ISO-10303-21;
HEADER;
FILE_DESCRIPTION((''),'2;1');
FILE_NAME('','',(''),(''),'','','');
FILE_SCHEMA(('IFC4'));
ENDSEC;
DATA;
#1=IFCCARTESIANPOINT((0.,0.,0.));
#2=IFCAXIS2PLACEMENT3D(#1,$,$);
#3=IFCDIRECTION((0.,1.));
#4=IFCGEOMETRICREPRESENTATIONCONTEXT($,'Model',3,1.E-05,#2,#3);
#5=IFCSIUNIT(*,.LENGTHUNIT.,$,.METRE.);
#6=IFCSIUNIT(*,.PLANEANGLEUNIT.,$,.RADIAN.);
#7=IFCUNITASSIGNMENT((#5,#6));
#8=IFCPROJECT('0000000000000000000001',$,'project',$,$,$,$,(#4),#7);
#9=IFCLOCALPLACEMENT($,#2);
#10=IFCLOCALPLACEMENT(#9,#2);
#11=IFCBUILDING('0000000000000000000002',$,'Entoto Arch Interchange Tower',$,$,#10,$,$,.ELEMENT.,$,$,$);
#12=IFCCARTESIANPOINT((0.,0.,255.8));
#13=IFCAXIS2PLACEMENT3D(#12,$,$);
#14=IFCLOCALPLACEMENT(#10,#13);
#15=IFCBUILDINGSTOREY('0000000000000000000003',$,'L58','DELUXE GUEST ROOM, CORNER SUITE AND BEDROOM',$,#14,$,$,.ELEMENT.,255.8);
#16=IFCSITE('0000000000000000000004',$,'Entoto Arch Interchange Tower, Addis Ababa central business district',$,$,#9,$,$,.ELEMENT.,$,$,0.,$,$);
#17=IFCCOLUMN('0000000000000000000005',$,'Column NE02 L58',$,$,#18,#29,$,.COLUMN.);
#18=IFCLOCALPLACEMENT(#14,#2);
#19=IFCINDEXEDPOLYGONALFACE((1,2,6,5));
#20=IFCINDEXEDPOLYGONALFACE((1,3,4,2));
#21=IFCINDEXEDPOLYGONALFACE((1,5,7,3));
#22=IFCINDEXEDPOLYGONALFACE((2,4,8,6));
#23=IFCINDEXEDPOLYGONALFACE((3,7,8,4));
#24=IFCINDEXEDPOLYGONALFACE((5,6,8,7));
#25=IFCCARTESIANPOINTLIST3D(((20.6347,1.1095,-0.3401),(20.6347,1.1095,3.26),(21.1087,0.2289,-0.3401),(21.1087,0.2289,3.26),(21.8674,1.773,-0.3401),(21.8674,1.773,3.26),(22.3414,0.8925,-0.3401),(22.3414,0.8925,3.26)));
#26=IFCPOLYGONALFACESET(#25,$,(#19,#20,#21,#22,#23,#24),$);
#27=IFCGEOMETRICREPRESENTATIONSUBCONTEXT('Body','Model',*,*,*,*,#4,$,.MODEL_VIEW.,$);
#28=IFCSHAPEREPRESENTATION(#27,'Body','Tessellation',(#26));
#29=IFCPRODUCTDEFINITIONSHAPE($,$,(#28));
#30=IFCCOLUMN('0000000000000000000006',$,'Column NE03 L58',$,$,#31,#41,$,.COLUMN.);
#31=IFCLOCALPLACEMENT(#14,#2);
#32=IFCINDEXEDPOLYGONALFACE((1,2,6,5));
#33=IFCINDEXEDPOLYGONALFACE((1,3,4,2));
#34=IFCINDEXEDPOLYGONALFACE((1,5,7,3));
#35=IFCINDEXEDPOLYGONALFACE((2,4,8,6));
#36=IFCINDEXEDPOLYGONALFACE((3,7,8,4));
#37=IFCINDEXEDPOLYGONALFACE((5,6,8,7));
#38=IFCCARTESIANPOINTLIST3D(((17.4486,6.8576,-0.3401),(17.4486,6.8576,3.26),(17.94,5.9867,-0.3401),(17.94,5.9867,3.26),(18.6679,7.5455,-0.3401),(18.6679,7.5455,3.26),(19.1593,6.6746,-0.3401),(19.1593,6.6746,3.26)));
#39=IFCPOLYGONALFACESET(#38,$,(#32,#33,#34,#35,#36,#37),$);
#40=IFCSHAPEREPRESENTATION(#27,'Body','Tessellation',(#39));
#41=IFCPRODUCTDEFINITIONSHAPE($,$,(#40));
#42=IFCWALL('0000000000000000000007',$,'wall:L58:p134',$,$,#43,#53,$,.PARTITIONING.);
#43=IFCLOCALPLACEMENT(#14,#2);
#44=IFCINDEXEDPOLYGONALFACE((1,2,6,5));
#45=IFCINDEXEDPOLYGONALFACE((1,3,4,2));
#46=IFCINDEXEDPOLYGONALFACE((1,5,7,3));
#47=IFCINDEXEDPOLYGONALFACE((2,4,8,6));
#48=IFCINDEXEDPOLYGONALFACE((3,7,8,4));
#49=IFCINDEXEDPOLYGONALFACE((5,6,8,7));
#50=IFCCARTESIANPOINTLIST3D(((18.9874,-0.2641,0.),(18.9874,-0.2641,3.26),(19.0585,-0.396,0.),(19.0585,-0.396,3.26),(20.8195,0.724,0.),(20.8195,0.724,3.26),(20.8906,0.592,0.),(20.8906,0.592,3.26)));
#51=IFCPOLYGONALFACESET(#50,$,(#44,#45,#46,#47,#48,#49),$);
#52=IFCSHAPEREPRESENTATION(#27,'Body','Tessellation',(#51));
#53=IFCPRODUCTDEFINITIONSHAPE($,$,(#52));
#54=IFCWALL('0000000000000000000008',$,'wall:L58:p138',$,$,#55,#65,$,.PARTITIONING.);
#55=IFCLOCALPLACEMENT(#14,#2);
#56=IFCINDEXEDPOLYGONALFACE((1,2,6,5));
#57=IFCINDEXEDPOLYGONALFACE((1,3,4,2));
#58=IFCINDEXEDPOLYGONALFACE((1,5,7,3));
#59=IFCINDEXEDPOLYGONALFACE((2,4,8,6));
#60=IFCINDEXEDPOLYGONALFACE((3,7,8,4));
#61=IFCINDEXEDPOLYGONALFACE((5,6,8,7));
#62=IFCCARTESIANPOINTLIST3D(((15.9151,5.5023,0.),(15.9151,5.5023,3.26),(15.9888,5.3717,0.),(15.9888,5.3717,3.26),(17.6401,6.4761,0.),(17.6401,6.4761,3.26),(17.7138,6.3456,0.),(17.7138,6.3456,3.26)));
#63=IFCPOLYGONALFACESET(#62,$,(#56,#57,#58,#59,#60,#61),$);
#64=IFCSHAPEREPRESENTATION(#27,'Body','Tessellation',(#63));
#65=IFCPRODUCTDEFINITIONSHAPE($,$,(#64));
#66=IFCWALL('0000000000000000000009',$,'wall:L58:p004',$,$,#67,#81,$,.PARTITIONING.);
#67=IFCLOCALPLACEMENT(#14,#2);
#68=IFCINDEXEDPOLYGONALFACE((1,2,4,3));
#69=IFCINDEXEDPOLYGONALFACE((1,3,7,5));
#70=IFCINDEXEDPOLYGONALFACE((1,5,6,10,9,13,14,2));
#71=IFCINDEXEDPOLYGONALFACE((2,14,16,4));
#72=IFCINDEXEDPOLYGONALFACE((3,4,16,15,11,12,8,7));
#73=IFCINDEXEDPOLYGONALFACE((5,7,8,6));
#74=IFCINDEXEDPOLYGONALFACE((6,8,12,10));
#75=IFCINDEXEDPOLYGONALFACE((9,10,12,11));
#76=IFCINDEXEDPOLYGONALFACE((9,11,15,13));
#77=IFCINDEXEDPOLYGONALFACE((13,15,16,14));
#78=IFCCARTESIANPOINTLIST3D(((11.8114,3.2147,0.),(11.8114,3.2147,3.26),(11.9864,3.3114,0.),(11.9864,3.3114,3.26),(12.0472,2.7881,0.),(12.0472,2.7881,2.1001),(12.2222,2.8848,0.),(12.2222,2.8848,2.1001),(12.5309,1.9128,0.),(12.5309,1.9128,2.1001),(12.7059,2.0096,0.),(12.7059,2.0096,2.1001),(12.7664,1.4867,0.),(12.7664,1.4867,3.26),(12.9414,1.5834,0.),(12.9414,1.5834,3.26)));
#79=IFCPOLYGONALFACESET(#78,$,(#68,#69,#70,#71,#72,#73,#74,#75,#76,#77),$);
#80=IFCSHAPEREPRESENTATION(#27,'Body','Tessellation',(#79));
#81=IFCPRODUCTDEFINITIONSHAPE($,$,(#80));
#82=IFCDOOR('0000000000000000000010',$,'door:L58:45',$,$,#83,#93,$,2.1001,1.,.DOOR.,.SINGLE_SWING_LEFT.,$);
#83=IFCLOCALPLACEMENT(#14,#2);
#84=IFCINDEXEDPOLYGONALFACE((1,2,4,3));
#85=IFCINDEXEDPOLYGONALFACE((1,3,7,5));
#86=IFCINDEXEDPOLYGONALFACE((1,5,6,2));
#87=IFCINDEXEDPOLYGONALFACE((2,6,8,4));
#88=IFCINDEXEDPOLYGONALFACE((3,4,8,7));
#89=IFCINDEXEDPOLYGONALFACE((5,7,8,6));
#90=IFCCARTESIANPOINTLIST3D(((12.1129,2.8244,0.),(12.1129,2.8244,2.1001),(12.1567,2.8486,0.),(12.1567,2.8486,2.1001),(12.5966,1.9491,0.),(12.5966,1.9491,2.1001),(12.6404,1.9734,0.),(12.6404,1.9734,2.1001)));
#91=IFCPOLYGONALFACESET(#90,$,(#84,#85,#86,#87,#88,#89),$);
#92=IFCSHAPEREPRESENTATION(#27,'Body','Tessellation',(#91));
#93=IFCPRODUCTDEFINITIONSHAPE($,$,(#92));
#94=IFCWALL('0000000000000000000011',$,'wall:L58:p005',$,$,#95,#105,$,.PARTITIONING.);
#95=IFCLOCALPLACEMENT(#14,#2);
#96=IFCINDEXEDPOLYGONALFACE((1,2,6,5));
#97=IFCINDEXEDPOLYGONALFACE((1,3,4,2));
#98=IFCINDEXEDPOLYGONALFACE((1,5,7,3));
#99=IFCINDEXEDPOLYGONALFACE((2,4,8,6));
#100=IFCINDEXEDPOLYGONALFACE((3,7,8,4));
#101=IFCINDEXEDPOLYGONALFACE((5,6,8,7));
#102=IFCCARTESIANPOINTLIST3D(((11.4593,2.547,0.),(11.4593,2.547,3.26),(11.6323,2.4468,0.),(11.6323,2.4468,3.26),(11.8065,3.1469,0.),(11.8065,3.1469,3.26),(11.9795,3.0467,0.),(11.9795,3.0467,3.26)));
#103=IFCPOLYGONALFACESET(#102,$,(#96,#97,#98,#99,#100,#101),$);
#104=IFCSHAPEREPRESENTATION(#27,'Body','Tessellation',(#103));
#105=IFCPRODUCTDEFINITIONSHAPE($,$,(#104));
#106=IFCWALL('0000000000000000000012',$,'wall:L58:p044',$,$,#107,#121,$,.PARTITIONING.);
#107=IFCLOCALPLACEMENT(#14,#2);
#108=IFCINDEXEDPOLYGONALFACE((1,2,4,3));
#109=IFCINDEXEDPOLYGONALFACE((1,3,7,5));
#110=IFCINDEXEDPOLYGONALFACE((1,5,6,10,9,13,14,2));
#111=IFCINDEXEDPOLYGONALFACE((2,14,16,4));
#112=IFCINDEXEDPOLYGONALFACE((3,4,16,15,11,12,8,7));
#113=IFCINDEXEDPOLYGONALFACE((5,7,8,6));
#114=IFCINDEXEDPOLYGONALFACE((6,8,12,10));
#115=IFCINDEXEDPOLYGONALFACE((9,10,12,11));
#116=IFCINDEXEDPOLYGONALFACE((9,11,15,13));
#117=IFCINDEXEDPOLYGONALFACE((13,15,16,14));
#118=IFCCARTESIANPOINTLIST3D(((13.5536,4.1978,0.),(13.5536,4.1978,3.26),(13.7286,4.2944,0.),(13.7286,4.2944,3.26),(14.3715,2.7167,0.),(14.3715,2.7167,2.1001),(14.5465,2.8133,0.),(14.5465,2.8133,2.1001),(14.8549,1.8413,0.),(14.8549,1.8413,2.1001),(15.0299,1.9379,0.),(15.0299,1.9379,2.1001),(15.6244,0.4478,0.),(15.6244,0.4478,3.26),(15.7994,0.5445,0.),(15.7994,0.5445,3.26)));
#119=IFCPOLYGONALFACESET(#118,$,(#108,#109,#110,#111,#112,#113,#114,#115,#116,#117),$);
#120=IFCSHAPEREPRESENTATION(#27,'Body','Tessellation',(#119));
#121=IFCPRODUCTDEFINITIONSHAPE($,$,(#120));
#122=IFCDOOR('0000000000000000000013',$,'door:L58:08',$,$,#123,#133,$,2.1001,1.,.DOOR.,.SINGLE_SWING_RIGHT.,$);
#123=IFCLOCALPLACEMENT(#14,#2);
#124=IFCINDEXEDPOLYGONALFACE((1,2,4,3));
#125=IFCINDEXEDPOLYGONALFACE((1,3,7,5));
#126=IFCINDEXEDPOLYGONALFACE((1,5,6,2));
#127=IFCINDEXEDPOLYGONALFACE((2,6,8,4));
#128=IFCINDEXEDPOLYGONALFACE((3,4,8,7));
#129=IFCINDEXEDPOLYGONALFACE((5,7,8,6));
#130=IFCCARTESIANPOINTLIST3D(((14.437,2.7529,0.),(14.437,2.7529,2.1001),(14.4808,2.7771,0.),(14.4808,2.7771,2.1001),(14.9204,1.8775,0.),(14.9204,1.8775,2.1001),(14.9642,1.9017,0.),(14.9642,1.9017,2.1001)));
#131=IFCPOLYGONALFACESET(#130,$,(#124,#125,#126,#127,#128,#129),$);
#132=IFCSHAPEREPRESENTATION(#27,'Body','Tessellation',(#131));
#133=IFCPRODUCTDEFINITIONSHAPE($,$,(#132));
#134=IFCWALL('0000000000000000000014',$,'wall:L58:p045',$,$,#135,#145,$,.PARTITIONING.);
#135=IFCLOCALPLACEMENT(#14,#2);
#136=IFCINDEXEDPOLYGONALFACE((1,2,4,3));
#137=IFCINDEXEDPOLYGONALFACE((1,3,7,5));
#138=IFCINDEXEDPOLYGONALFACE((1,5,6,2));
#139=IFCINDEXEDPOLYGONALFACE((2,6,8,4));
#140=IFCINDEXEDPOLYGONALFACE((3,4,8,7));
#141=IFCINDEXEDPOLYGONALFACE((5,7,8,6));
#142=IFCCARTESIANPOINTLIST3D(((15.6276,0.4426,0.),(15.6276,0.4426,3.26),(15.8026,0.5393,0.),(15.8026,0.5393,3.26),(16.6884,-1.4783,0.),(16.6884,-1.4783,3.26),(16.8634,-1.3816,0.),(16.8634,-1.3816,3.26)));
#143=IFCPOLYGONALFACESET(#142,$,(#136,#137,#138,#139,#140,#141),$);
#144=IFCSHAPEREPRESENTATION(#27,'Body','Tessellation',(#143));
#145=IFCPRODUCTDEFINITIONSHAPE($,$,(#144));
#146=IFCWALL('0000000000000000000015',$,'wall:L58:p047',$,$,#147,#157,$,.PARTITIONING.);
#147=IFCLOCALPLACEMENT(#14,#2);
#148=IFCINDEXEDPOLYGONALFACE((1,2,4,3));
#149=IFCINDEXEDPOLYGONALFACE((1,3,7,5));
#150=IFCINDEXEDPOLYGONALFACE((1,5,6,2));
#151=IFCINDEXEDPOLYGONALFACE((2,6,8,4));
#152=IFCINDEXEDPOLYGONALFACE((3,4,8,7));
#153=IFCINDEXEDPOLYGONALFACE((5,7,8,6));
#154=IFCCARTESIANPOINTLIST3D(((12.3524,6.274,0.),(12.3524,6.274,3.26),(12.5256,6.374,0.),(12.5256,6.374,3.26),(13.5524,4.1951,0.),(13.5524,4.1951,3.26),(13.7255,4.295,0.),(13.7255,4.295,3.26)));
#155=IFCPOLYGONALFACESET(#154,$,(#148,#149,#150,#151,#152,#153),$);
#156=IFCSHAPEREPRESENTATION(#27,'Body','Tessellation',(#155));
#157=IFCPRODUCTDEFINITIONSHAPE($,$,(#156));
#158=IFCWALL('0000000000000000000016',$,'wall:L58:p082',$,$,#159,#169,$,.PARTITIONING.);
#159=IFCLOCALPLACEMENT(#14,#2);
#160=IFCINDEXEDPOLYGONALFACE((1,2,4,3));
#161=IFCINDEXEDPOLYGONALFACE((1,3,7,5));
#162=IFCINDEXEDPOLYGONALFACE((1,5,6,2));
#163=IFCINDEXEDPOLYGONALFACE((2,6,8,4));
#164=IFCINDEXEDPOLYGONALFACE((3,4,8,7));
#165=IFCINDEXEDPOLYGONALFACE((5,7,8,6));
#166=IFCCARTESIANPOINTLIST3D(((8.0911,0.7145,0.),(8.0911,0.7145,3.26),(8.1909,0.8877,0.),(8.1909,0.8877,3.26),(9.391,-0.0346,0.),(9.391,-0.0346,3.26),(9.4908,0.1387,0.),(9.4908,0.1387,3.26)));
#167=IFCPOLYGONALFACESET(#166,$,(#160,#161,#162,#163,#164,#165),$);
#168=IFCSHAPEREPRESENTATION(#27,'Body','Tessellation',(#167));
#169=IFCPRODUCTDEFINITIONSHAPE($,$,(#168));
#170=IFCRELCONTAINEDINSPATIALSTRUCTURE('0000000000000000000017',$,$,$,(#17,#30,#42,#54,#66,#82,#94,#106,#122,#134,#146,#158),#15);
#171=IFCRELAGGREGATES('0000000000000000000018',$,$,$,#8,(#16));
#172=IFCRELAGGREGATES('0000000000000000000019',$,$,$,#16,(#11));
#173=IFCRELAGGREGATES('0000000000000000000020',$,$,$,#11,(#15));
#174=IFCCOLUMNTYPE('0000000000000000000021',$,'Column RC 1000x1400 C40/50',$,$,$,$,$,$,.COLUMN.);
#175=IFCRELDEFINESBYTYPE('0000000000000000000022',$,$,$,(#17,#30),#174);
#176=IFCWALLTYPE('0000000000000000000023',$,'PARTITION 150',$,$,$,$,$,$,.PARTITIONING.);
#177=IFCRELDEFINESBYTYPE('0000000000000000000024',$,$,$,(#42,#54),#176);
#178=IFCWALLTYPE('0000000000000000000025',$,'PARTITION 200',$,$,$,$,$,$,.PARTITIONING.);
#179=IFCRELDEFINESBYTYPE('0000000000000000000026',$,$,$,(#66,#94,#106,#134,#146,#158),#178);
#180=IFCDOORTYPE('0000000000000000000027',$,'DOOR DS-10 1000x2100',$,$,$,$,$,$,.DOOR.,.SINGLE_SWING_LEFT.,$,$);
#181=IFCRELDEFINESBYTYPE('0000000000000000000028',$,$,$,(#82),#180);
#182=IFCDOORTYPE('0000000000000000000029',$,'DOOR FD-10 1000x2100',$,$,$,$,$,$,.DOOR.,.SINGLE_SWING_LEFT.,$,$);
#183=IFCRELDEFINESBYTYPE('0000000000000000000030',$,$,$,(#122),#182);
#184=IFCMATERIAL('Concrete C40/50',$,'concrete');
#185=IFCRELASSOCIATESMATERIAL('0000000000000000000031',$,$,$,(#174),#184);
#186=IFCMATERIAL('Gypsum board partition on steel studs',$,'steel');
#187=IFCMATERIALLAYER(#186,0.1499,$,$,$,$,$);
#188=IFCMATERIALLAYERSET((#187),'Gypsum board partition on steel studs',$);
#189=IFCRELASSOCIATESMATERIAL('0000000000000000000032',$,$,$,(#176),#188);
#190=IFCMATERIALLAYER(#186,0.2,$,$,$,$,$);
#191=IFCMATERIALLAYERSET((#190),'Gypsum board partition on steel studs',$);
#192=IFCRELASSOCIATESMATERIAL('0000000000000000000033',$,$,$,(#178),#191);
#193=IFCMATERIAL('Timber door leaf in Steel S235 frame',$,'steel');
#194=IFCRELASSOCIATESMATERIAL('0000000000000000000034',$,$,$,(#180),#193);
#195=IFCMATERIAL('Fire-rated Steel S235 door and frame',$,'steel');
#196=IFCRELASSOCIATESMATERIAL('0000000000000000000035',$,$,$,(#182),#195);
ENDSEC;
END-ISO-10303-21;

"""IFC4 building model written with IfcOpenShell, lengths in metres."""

from ifc_helpers import new_model, si_unit, direction, frame, frame_2d, origin, origin_2d, place, context, subcontext, project, spatial, rectangle, extrude, material, layer, layer_set, material_profile, profile_set, type_object, element, fill, save


model = new_model("IFC4")

# Units and contexts
model_context = context("Model", 3, precision=1e-05, world=origin(), true_north=direction((0.0, 1.0)))
body_context = subcontext(model_context, "Body", "Model", "MODEL_VIEW")
ifc_project = project(units=[si_unit("LENGTHUNIT", "METRE"), si_unit("PLANEANGLEUNIT", "RADIAN")], contexts=[model_context])

# Site, building, storey
site_placement = place(None, origin())
site = spatial("IfcSite", under=ifc_project, at=site_placement, Name="Entoto Arch Interchange Tower, Addis Ababa central business district", CompositionType="ELEMENT", RefElevation=0.0)
building_placement = place(site_placement, origin())
building = spatial("IfcBuilding", under=site, at=building_placement, Name="Entoto Arch Interchange Tower", CompositionType="ELEMENT")
storey_placement = place(building_placement, frame((0.0, 0.0, 255.8)))
storey = spatial("IfcBuildingStorey", under=building, at=storey_placement, Name="L58", Description="DELUXE GUEST ROOM, CORNER SUITE AND BEDROOM", CompositionType="ELEMENT", Elevation=255.8)

# Columns
ifc_material_1 = material(Name="Concrete C40/50", Category="concrete")
ifc_material_profile = material_profile(ifc_material_1, rectangle(XDim=1.0, YDim=1.3999, at=origin_2d()))
ifc_profile_set = profile_set([ifc_material_profile], Name="Concrete C40/50")
column_type = type_object("IfcColumnType", Name="Column RC 1000x1400 C40/50", PredefinedType="COLUMN", material=ifc_profile_set)
for number, where, z_axis, x_axis, name in (
    (1, (21.488, 1.001, -0.3401), (0.0, 0.0, 1.0), (-0.473981, 0.880535, 0.0), "Column NE02 L58"),
    (2, (18.304, 6.7661, -0.3401), (0.0, 0.0, 1.0), (-0.491375, 0.870948, 0.0), "Column NE03 L58"),
):
    element("IfcColumn", number, at=place(storey_placement, frame(where, z_axis=z_axis, x_axis=x_axis)), inside=storey, type_object=column_type, Name=name, PredefinedType="COLUMN", context=body_context, shape_type="SweptSolid", body=[
        extrude(rectangle(XDim=1.0, YDim=1.3999, at=origin_2d()), origin(), (0.0, 0.0, 1.0), 3.6001),
    ])

# Walls
ifc_material_2 = material(Name="Gypsum board partition on steel studs", Category="steel")
ifc_layer_1 = layer(ifc_material_2, 0.1499)
ifc_layer_set_1 = layer_set([ifc_layer_1], Name="Gypsum board partition on steel studs")
wall_type_1 = type_object("IfcWallType", Name="PARTITION 150", PredefinedType="PARTITIONING", material=ifc_layer_set_1)
wall_1_placement = place(storey_placement, frame((19.0229, -0.3301, 0.0), z_axis=(0.0, 0.0, 1.0), x_axis=(0.880158, 0.47468, 0.0)))
element("IfcWall", 3, at=wall_1_placement, inside=storey, type_object=wall_type_1, Name="wall:L58:p134", PredefinedType="PARTITIONING", context=body_context, shape_type="SweptSolid", body=[
    extrude(rectangle(XDim=2.0815, YDim=0.1499, at=frame_2d((1.0408, 0.0))), origin(), (0.0, 0.0, 1.0), 3.26),
])
wall_2_placement = place(storey_placement, frame((15.9519, 5.437, 0.0), z_axis=(0.0, 0.0, 1.0), x_axis=(0.870818, 0.491606, 0.0)))
element("IfcWall", 4, at=wall_2_placement, inside=storey, type_object=wall_type_1, Name="wall:L58:p138", PredefinedType="PARTITIONING", context=body_context, shape_type="SweptSolid", body=[
    extrude(rectangle(XDim=1.981, YDim=0.1499, at=frame_2d((0.9905, 0.0))), origin(), (0.0, 0.0, 1.0), 3.26),
])

# Wall, opening, door
ifc_layer_2 = layer(ifc_material_2, 0.2)
ifc_layer_set_2 = layer_set([ifc_layer_2], Name="Gypsum board partition on steel studs")
wall_type_2 = type_object("IfcWallType", Name="PARTITION 200", PredefinedType="PARTITIONING", material=ifc_layer_set_2)
wall_3_placement = place(storey_placement, frame((12.854, 1.5349, 0.0), z_axis=(0.0, 0.0, 1.0), x_axis=(-0.483731, 0.875217, 0.0)))
wall_3 = element("IfcWall", 5, at=wall_3_placement, inside=storey, type_object=wall_type_2, Name="wall:L58:p004", PredefinedType="PARTITIONING", context=body_context, shape_type="SweptSolid", body=[
    extrude(rectangle(XDim=1.9744, YDim=0.2, at=frame_2d((0.9873, 0.0))), origin(), (0.0, 0.0, 1.0), 3.26),
])
opening_1_placement = place(wall_3_placement, frame((0.4871, 0.0, 0.0)))
opening_1 = element("IfcOpeningElement", 6, at=opening_1_placement, cuts=wall_3, PredefinedType="OPENING", context=body_context, shape_type="SweptSolid", body=[
    extrude(rectangle(XDim=1.0, YDim=2.1001, at=frame_2d((0.5, 1.05))), frame((0.0, 0.1099, 0.0), z_axis=(0.0, -1.0, 0.0), x_axis=(1.0, 0.0, 0.0)), (0.0, 0.0, 1.0), 0.22),
])
ifc_material_3 = material(Name="Timber door leaf in Steel S235 frame", Category="steel")
door_type_1 = type_object("IfcDoorType", Name="DOOR DS-10 1000x2100", OperationType="SINGLE_SWING_LEFT", PredefinedType="DOOR", material=ifc_material_3)
door_1_placement = place(opening_1_placement, origin())
door_1 = element("IfcDoor", 7, at=door_1_placement, inside=storey, type_object=door_type_1, Name="door:L58:45", OperationType="SINGLE_SWING_LEFT", OverallHeight=2.1001, OverallWidth=1.0, PredefinedType="DOOR", context=body_context, shape_type="SweptSolid", body=[
    extrude(rectangle(XDim=1.0, YDim=2.1001, at=frame_2d((0.5, 1.05))), frame((0.0, 0.0249, 0.0), z_axis=(0.0, -1.0, 0.0), x_axis=(1.0, 0.0, 0.0)), (0.0, 0.0, 1.0), 0.05),
])
fill(opening_1, door_1)

# Wall
wall_4_placement = place(storey_placement, frame((11.8931, 3.0969, 0.0), z_axis=(0.0, 0.0, 1.0), x_axis=(-0.500911, -0.865499, 0.0)))
element("IfcWall", 8, at=wall_4_placement, inside=storey, type_object=wall_type_2, Name="wall:L58:p005", PredefinedType="PARTITIONING", context=body_context, shape_type="SweptSolid", body=[
    extrude(rectangle(XDim=0.6931, YDim=0.2, at=frame_2d((0.3467, 0.0))), origin(), (0.0, 0.0, 1.0), 3.26),
])

# Wall, opening, door
wall_5_placement = place(storey_placement, frame((13.6411, 4.2461, 0.0), z_axis=(0.0, 0.0, 1.0), x_axis=(0.483406, -0.875396, 0.0)))
wall_5 = element("IfcWall", 9, at=wall_5_placement, inside=storey, type_object=wall_type_2, Name="wall:L58:p044", PredefinedType="PARTITIONING", context=body_context, shape_type="SweptSolid", body=[
    extrude(rectangle(XDim=4.2837, YDim=0.2, at=frame_2d((2.1418, 0.0))), origin(), (0.0, 0.0, 1.0), 3.26),
])
opening_2_placement = place(wall_5_placement, frame((1.6919, 0.0, 0.0)))
opening_2 = element("IfcOpeningElement", 10, at=opening_2_placement, cuts=wall_5, PredefinedType="OPENING", context=body_context, shape_type="SweptSolid", body=[
    extrude(rectangle(XDim=1.0, YDim=2.1001, at=frame_2d((0.5, 1.05))), frame((0.0, 0.1099, 0.0), z_axis=(0.0, -1.0, 0.0), x_axis=(1.0, 0.0, 0.0)), (0.0, 0.0, 1.0), 0.22),
])
ifc_material_4 = material(Name="Fire-rated Steel S235 door and frame", Category="steel")
door_type_2 = type_object("IfcDoorType", Name="DOOR FD-10 1000x2100", OperationType="SINGLE_SWING_LEFT", PredefinedType="DOOR", material=ifc_material_4)
door_2_placement = place(opening_2_placement, origin())
door_2 = element("IfcDoor", 11, at=door_2_placement, inside=storey, type_object=door_type_2, Name="door:L58:08", OperationType="SINGLE_SWING_RIGHT", OverallHeight=2.1001, OverallWidth=1.0, PredefinedType="DOOR", context=body_context, shape_type="SweptSolid", body=[
    extrude(rectangle(XDim=1.0, YDim=2.1001, at=frame_2d((0.5, 1.05))), frame((0.0, 0.0249, 0.0), z_axis=(0.0, -1.0, 0.0), x_axis=(1.0, 0.0, 0.0)), (0.0, 0.0, 1.0), 0.05),
])
fill(opening_2, door_2)

# Walls
wall_6_placement = place(storey_placement, frame((15.7151, 0.491, 0.0), z_axis=(0.0, 0.0, 1.0), x_axis=(0.483421, -0.875388, 0.0)))
element("IfcWall", 12, at=wall_6_placement, inside=storey, type_object=wall_type_2, Name="wall:L58:p045", PredefinedType="PARTITIONING", context=body_context, shape_type="SweptSolid", body=[
    extrude(rectangle(XDim=2.1943, YDim=0.2, at=frame_2d((1.0972, 0.0))), origin(), (0.0, 0.0, 1.0), 3.26),
])
wall_7_placement = place(storey_placement, frame((12.439, 6.324, 0.0), z_axis=(0.0, 0.0, 1.0), x_axis=(0.499913, -0.866075, 0.0)))
element("IfcWall", 13, at=wall_7_placement, inside=storey, type_object=wall_type_2, Name="wall:L58:p047", PredefinedType="PARTITIONING", context=body_context, shape_type="SweptSolid", body=[
    extrude(rectangle(XDim=2.4004, YDim=0.2, at=frame_2d((1.2002, 0.0))), origin(), (0.0, 0.0, 1.0), 3.26),
])
wall_8_placement = place(storey_placement, frame((8.1411, 0.801, 0.0), z_axis=(0.0, 0.0, 1.0), x_axis=(0.866435, -0.49929, 0.0)))
element("IfcWall", 14, at=wall_8_placement, inside=storey, type_object=wall_type_2, Name="wall:L58:p082", PredefinedType="PARTITIONING", context=body_context, shape_type="SweptSolid", body=[
    extrude(rectangle(XDim=1.5002, YDim=0.2, at=frame_2d((0.75, 0.0))), origin(), (0.0, 0.0, 1.0), 3.26),
])

save(model, "model.ifc")
